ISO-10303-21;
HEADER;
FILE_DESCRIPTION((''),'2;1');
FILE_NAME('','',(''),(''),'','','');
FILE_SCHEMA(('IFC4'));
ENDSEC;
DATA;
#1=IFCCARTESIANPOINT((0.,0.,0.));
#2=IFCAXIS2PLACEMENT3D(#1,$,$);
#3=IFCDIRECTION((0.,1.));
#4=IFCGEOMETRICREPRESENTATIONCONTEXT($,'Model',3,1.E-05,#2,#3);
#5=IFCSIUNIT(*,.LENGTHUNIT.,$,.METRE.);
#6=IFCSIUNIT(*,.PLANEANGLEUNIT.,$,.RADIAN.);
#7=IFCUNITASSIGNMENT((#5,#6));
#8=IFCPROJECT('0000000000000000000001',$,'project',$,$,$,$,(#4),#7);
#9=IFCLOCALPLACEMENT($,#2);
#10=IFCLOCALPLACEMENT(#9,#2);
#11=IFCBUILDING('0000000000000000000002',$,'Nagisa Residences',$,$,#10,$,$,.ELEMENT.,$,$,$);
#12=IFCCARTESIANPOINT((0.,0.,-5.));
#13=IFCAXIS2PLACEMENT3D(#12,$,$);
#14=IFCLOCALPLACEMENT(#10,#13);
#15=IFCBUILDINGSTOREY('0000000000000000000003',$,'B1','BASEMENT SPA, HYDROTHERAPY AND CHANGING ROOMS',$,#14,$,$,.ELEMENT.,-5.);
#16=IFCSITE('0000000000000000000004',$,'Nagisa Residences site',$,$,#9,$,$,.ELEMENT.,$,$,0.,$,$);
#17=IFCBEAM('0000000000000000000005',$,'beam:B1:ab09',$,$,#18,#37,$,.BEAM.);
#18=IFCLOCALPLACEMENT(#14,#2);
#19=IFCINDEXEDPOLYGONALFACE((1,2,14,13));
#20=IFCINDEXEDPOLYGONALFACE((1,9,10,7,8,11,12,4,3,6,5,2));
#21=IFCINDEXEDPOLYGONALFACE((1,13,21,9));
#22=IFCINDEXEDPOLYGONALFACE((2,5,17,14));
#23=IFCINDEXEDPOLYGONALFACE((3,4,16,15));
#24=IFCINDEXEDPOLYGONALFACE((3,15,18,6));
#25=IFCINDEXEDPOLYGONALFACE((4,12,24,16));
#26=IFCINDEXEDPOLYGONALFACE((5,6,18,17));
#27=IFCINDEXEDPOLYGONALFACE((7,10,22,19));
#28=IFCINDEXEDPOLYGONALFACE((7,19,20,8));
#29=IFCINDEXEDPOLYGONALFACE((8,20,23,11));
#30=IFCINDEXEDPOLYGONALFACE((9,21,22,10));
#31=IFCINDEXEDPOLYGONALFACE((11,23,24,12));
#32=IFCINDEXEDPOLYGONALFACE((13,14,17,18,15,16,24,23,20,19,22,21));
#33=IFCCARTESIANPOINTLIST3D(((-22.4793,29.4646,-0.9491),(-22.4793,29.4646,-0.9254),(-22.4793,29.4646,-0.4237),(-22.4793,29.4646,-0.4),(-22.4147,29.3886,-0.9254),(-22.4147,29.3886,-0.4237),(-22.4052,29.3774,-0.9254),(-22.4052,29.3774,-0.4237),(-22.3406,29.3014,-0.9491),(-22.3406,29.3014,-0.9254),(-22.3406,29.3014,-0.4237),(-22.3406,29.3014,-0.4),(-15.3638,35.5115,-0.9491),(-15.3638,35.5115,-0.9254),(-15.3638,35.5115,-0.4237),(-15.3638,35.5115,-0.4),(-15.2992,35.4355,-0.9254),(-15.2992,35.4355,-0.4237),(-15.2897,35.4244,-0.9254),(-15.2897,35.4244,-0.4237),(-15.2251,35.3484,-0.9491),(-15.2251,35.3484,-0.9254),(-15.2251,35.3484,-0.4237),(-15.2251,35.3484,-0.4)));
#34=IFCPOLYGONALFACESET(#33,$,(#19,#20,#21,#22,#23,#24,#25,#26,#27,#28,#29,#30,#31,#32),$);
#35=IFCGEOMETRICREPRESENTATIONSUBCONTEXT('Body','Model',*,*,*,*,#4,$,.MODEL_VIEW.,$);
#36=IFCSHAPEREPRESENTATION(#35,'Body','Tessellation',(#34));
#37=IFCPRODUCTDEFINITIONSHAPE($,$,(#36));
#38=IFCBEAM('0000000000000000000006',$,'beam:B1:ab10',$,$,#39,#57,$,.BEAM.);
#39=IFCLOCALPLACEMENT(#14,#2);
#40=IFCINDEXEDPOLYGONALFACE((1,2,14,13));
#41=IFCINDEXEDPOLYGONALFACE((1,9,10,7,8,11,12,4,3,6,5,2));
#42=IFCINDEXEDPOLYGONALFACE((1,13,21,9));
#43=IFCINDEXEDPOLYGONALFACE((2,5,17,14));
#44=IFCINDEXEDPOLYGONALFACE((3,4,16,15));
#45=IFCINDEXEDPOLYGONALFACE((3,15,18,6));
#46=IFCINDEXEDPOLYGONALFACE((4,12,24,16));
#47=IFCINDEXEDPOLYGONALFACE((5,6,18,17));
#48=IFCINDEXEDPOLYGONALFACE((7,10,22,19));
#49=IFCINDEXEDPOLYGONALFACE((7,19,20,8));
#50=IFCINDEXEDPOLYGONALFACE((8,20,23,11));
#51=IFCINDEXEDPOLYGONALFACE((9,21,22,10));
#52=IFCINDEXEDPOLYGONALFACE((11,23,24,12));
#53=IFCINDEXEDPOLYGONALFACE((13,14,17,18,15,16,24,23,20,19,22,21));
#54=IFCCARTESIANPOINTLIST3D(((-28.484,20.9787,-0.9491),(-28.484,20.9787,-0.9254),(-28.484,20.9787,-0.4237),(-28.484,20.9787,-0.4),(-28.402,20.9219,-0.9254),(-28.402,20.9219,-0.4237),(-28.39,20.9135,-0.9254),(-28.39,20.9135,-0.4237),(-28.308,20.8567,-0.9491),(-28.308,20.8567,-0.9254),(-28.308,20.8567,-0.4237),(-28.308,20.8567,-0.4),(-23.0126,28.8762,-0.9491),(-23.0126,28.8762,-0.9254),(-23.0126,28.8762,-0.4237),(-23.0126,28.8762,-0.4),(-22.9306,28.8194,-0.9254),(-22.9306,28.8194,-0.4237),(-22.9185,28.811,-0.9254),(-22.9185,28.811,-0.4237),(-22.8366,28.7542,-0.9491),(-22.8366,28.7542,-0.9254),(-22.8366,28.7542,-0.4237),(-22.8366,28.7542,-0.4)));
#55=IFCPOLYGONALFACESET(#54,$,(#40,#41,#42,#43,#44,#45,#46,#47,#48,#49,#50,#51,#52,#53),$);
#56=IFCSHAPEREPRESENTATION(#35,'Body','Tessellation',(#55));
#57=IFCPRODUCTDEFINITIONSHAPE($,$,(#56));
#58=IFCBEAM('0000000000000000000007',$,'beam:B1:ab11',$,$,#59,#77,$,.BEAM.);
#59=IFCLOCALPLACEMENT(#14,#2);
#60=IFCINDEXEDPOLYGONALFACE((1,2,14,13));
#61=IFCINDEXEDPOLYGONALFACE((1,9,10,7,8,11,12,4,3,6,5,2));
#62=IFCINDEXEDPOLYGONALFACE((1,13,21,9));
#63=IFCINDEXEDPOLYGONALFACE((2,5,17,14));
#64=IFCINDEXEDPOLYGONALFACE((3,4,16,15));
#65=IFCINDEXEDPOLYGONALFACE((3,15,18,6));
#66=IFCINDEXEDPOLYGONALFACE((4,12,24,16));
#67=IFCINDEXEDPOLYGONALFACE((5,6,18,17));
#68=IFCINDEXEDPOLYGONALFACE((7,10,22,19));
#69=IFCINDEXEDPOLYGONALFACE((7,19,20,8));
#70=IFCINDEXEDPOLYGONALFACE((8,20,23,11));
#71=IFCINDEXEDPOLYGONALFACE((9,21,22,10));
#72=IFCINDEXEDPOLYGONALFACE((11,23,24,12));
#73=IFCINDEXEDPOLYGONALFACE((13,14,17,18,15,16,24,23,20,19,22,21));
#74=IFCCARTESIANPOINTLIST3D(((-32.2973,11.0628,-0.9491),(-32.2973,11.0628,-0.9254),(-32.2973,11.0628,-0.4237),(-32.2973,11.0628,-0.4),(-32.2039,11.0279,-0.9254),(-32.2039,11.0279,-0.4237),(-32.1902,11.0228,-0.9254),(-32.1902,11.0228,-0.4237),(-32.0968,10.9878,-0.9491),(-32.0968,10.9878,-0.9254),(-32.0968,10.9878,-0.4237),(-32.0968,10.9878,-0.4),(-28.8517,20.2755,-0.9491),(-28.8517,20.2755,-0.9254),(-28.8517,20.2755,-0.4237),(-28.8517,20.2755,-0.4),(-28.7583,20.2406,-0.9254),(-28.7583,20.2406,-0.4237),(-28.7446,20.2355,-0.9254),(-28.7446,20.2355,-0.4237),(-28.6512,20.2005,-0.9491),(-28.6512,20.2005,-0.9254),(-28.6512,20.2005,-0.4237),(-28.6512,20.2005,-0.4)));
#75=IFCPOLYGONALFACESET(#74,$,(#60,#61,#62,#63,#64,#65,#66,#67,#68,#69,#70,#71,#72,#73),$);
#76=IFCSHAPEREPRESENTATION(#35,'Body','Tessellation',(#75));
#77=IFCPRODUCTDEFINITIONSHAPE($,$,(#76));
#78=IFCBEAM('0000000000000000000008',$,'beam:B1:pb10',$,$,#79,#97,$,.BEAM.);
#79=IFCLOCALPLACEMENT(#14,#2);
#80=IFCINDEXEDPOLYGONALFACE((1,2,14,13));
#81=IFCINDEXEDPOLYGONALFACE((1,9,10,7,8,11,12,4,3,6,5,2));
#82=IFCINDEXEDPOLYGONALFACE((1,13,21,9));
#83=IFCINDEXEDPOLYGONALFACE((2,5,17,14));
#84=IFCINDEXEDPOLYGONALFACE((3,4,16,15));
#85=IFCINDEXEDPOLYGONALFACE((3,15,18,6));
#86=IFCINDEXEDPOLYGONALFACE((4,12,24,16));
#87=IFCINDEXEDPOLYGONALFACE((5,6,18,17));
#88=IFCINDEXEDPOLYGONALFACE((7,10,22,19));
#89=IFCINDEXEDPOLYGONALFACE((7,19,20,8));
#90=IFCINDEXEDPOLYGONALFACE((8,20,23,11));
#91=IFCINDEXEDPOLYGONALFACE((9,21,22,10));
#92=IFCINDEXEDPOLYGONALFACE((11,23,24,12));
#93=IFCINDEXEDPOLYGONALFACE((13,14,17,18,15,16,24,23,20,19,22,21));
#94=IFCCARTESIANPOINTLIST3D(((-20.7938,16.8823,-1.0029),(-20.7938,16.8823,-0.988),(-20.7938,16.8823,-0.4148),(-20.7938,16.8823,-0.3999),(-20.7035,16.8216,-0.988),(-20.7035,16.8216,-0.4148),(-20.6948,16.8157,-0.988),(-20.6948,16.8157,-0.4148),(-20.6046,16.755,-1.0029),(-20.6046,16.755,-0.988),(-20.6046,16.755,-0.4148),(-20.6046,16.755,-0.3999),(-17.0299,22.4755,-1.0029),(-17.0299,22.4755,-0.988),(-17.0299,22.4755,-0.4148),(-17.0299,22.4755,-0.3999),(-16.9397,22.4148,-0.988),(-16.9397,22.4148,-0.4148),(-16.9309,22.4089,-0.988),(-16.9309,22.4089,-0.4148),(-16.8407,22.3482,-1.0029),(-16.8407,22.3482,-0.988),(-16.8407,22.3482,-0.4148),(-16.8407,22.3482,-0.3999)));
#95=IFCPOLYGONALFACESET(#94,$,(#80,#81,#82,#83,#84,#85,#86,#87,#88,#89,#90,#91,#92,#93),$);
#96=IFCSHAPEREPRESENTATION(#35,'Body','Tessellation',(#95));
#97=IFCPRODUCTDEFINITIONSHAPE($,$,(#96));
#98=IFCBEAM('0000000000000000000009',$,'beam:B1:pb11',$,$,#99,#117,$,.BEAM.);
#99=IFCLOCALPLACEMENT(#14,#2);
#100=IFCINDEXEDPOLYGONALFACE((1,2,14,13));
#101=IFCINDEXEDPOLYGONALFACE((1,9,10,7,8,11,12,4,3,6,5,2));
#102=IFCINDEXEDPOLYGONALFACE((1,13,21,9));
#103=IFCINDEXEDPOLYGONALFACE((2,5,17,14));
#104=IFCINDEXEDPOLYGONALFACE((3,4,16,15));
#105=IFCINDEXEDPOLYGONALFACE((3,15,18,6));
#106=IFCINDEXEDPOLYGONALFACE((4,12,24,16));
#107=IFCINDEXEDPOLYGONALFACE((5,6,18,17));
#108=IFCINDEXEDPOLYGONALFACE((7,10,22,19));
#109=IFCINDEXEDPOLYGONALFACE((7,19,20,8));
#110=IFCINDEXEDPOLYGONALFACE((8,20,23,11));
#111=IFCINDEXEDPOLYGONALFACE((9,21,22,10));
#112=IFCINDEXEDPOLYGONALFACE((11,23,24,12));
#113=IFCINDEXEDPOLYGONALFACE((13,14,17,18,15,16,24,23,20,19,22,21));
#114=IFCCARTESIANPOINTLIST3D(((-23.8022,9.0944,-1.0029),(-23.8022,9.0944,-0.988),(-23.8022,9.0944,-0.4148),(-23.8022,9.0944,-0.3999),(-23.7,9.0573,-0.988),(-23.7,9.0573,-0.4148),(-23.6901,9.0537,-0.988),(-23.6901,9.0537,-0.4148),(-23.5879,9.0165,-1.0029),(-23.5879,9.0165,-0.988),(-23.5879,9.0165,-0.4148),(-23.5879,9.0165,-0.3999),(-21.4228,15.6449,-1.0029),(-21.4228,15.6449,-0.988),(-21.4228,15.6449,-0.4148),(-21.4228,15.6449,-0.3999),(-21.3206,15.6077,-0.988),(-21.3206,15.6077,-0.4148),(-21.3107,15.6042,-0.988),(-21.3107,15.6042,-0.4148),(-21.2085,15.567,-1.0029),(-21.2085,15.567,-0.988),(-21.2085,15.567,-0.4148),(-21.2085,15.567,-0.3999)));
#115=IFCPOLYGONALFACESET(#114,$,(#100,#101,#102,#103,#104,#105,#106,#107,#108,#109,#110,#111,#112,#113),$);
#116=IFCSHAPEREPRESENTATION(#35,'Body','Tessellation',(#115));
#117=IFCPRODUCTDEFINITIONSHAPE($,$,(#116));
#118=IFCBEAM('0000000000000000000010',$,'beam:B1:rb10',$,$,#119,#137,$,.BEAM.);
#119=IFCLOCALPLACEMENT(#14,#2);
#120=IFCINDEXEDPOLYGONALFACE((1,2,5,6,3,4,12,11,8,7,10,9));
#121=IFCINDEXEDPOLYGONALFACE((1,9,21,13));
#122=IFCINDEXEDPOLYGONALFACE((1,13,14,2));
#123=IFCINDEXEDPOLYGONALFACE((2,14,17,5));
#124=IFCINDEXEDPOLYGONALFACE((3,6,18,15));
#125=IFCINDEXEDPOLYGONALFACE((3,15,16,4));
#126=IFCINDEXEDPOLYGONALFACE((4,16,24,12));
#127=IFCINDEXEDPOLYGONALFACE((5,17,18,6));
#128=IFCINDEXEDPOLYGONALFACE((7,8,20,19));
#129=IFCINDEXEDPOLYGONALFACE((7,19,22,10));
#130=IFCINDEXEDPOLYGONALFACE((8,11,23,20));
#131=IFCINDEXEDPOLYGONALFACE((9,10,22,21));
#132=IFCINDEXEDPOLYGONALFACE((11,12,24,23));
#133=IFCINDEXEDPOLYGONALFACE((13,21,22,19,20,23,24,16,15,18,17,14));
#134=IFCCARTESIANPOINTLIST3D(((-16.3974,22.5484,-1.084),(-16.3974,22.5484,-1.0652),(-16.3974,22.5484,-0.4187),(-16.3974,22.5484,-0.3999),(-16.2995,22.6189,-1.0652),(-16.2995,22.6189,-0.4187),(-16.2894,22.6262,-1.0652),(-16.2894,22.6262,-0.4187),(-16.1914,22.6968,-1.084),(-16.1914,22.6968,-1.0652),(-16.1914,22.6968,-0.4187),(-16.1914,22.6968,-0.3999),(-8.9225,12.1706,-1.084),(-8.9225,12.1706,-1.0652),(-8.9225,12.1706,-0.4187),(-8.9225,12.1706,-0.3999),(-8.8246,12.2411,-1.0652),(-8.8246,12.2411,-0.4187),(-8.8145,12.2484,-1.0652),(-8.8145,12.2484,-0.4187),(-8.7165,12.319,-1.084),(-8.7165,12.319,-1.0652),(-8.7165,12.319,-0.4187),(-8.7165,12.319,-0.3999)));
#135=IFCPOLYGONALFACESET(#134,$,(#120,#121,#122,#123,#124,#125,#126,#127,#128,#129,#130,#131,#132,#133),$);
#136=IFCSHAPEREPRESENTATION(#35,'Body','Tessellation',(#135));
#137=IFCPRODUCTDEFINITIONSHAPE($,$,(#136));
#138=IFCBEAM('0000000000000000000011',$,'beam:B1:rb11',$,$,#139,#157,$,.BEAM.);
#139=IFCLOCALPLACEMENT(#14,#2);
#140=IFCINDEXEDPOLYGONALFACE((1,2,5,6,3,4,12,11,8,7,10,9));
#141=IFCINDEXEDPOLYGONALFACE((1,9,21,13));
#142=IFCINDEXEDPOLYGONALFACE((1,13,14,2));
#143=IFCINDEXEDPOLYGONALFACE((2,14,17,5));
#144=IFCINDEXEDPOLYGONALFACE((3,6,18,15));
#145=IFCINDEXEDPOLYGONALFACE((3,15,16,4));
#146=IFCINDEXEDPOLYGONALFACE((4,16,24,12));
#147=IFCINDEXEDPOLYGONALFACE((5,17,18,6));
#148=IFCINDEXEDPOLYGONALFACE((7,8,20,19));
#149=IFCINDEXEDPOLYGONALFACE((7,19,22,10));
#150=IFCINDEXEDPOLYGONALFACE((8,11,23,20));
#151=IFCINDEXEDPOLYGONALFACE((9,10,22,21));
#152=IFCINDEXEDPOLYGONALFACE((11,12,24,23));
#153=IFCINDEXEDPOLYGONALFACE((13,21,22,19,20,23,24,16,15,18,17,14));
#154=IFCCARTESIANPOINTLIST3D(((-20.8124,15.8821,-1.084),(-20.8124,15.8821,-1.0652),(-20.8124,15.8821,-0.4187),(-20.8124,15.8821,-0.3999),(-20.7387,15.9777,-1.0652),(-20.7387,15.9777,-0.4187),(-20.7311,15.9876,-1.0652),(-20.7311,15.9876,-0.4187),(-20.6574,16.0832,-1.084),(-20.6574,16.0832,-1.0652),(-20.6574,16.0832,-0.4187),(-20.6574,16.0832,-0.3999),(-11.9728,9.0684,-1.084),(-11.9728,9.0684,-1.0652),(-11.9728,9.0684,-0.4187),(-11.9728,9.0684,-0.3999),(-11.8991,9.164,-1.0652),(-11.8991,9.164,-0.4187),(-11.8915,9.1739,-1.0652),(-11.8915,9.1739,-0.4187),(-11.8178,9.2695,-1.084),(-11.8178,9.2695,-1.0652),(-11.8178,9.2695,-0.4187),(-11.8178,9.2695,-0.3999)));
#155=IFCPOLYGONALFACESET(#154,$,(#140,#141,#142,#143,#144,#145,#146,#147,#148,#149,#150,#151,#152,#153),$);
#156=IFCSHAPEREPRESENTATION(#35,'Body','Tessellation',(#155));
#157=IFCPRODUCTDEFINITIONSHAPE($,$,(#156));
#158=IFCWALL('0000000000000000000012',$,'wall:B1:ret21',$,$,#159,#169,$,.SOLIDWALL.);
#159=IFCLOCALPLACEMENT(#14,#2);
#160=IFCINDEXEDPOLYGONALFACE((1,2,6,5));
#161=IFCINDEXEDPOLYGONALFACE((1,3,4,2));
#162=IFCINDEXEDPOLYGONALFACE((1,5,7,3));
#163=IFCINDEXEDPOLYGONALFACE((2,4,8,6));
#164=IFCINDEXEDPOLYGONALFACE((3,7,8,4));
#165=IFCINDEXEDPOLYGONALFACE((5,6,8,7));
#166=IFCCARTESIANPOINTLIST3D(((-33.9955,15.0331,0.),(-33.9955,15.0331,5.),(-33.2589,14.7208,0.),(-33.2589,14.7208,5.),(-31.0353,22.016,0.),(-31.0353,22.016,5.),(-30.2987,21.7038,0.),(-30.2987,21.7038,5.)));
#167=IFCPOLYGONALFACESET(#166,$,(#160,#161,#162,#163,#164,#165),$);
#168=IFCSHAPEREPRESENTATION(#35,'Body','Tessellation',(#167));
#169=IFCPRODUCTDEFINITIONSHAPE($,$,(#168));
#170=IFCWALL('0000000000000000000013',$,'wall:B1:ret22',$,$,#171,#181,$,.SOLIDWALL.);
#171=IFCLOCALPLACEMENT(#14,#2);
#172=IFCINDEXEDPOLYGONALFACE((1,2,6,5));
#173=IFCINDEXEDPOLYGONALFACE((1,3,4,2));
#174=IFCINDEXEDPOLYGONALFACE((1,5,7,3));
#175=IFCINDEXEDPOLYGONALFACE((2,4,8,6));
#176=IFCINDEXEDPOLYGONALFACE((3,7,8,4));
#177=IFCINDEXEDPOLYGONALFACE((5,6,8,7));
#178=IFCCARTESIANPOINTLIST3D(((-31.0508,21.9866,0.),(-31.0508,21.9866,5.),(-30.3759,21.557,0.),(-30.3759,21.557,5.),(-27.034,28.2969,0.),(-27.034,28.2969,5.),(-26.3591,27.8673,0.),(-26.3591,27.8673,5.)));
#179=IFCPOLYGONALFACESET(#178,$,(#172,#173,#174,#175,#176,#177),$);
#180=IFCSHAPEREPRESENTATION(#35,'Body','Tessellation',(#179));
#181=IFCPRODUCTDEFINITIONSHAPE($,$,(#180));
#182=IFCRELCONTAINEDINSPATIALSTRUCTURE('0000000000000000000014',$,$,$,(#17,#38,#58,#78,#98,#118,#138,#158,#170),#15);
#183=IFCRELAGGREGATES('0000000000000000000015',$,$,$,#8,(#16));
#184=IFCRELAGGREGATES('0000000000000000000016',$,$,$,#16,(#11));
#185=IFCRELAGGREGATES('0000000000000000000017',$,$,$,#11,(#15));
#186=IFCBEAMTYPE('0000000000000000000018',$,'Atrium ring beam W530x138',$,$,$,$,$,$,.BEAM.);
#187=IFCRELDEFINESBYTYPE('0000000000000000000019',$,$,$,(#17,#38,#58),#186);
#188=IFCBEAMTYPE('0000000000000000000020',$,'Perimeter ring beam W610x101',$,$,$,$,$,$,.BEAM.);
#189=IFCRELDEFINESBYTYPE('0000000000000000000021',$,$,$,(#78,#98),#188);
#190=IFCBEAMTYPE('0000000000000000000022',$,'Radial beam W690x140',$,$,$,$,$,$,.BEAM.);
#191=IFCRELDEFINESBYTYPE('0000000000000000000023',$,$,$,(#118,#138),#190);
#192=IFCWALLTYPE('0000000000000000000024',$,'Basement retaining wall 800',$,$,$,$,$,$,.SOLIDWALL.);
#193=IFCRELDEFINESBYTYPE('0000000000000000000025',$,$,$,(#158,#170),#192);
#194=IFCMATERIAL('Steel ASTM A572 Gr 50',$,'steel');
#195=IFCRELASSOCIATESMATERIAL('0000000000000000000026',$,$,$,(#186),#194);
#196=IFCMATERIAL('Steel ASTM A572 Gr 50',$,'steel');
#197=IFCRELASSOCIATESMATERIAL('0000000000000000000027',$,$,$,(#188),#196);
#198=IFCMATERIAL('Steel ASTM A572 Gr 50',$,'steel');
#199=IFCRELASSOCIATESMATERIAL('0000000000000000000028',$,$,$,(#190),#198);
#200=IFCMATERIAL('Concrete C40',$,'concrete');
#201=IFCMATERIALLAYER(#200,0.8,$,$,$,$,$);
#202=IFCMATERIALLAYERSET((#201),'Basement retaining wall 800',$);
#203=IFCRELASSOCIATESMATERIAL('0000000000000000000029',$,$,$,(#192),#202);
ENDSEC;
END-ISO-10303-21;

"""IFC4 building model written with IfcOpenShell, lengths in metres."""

from ifc_helpers import new_model, si_unit, direction, frame, frame_2d, origin, origin_2d, place, context, subcontext, project, spatial, rectangle, i_section, extrude, material, layer, layer_set, material_profile, profile_set, type_object, element, save


model = new_model("IFC4")

# Units and contexts
model_context = context("Model", 3, precision=1e-05, world=origin(), true_north=direction((0.0, 1.0)))
body_context = subcontext(model_context, "Body", "Model", "MODEL_VIEW")
ifc_project = project(units=[si_unit("LENGTHUNIT", "METRE"), si_unit("PLANEANGLEUNIT", "RADIAN")], contexts=[model_context])

# Site, building, storey
site_placement = place(None, origin())
site = spatial("IfcSite", under=ifc_project, at=site_placement, Name="Nagisa Residences site", CompositionType="ELEMENT", RefElevation=0.0)
building_placement = place(site_placement, origin())
building = spatial("IfcBuilding", under=site, at=building_placement, Name="Nagisa Residences", CompositionType="ELEMENT")
storey_placement = place(building_placement, frame((0.0, 0.0, -5.0)))
storey = spatial("IfcBuildingStorey", under=building, at=storey_placement, Name="B1", Description="BASEMENT SPA, HYDROTHERAPY AND CHANGING ROOMS", CompositionType="ELEMENT", Elevation=-5.0)

# Beams
ifc_material_1 = material(Name="Steel ASTM A572 Gr 50", Category="steel")
ifc_material_profile_1 = material_profile(ifc_material_1, i_section(OverallWidth=0.2141, OverallDepth=0.5491, WebThickness=0.0146, FlangeThickness=0.0237, at=origin_2d()), Name="W530x138")
ifc_profile_set_1 = profile_set([ifc_material_profile_1], Name="Steel ASTM A572 Gr 50")
beam_type_1 = type_object("IfcBeamType", Name="Atrium ring beam W530x138", PredefinedType="BEAM", material=ifc_profile_set_1)
beam_1_placement = place(storey_placement, frame((-15.2944, 35.4299, -0.6746), z_axis=(-0.762007, -0.647569, 0.0), x_axis=(0.647569, -0.762007, 0.0)))
element("IfcBeam", 1, at=beam_1_placement, inside=storey, type_object=beam_type_1, Name="beam:B1:ab09", PredefinedType="BEAM", context=body_context, shape_type="SweptSolid", body=[
    extrude(i_section(OverallWidth=0.2141, OverallDepth=0.5491, WebThickness=0.0146, FlangeThickness=0.0237, at=origin_2d()), origin(), (0.0, 0.0, 1.0), 9.3379),
])
beam_2_placement = place(storey_placement, frame((-22.9246, 28.8152, -0.6746), z_axis=(-0.569489, -0.821999, 0.0), x_axis=(0.821999, -0.569489, 0.0)))
element("IfcBeam", 2, at=beam_2_placement, inside=storey, type_object=beam_type_1, Name="beam:B1:ab10", PredefinedType="BEAM", context=body_context, shape_type="SweptSolid", body=[
    extrude(i_section(OverallWidth=0.2141, OverallDepth=0.5491, WebThickness=0.0146, FlangeThickness=0.0237, at=origin_2d()), origin(), (0.0, 0.0, 1.0), 9.6077),
])
beam_3_placement = place(storey_placement, frame((-28.7515, 20.238, -0.6746), z_axis=(-0.350305, -0.936636, 0.0), x_axis=(0.936636, -0.350305, 0.0)))
element("IfcBeam", 3, at=beam_3_placement, inside=storey, type_object=beam_type_1, Name="beam:B1:ab11", PredefinedType="BEAM", context=body_context, shape_type="SweptSolid", body=[
    extrude(i_section(OverallWidth=0.2141, OverallDepth=0.5491, WebThickness=0.0146, FlangeThickness=0.0237, at=origin_2d()), origin(), (0.0, 0.0, 1.0), 9.8359),
])
ifc_material_2 = material(Name="Steel ASTM A572 Gr 50", Category="steel")
ifc_material_profile_2 = material_profile(ifc_material_2, i_section(OverallWidth=0.228, OverallDepth=0.603, WebThickness=0.0105, FlangeThickness=0.0149, at=origin_2d()), Name="W610x101")
ifc_profile_set_2 = profile_set([ifc_material_profile_2], Name="Steel ASTM A572 Gr 50")
beam_type_2 = type_object("IfcBeamType", Name="Perimeter ring beam W610x101", PredefinedType="BEAM", material=ifc_profile_set_2)
beam_4_placement = place(storey_placement, frame((-16.9353, 22.4119, -0.7014), z_axis=(-0.558297, -0.829641, 0.0), x_axis=(0.829641, -0.558297, 0.0)))
element("IfcBeam", 4, at=beam_4_placement, inside=storey, type_object=beam_type_2, Name="beam:B1:pb10", PredefinedType="BEAM", context=body_context, shape_type="SweptSolid", body=[
    extrude(i_section(OverallWidth=0.228, OverallDepth=0.603, WebThickness=0.0105, FlangeThickness=0.0149, at=origin_2d()), origin(), (0.0, 0.0, 1.0), 6.7417),
])
beam_5_placement = place(storey_placement, frame((-21.3157, 15.606, -0.7014), z_axis=(-0.341411, -0.939914, 0.0), x_axis=(0.939914, -0.341411, 0.0)))
element("IfcBeam", 5, at=beam_5_placement, inside=storey, type_object=beam_type_2, Name="beam:B1:pb11", PredefinedType="BEAM", context=body_context, shape_type="SweptSolid", body=[
    extrude(i_section(OverallWidth=0.228, OverallDepth=0.603, WebThickness=0.0105, FlangeThickness=0.0149, at=origin_2d()), origin(), (0.0, 0.0, 1.0), 6.9692),
])
ifc_material_3 = material(Name="Steel ASTM A572 Gr 50", Category="steel")
ifc_material_profile_3 = material_profile(ifc_material_3, i_section(OverallWidth=0.2539, OverallDepth=0.6841, WebThickness=0.0125, FlangeThickness=0.0188, at=origin_2d()), Name="W690x140")
ifc_profile_set_3 = profile_set([ifc_material_profile_3], Name="Steel ASTM A572 Gr 50")
beam_type_3 = type_object("IfcBeamType", Name="Radial beam W690x140", PredefinedType="BEAM", material=ifc_profile_set_3)
beam_6_placement = place(storey_placement, frame((-16.2944, 22.6226, -0.7419), z_axis=(0.584455, -0.811426, 0.0), x_axis=(0.811426, 0.584455, 0.0)))
element("IfcBeam", 6, at=beam_6_placement, inside=storey, type_object=beam_type_3, Name="beam:B1:rb10", PredefinedType="BEAM", context=body_context, shape_type="SweptSolid", body=[
    extrude(i_section(OverallWidth=0.2539, OverallDepth=0.6841, WebThickness=0.0125, FlangeThickness=0.0188, at=origin_2d()), origin(), (0.0, 0.0, 1.0), 12.7896),
])
beam_7_placement = place(storey_placement, frame((-20.7349, 15.9827, -0.7419), z_axis=(0.792016, -0.6105, 0.0), x_axis=(0.6105, 0.792016, 0.0)))
element("IfcBeam", 7, at=beam_7_placement, inside=storey, type_object=beam_type_3, Name="beam:B1:rb11", PredefinedType="BEAM", context=body_context, shape_type="SweptSolid", body=[
    extrude(i_section(OverallWidth=0.2539, OverallDepth=0.6841, WebThickness=0.0125, FlangeThickness=0.0188, at=origin_2d()), origin(), (0.0, 0.0, 1.0), 11.1609),
])

# Walls
ifc_material_4 = material(Name="Concrete C40", Category="concrete")
ifc_layer_1 = layer(ifc_material_4, 0.8)
ifc_layer_set_1 = layer_set([ifc_layer_1], Name="Basement retaining wall 800")
wall_type_1 = type_object("IfcWallType", Name="Basement retaining wall 800", PredefinedType="SOLIDWALL", material=ifc_layer_set_1)
wall_1_placement = place(storey_placement, frame((-33.6272, 14.877, 0.0), z_axis=(0.0, 0.0, 1.0), x_axis=(0.390299, 0.920688, 0.0)))
element("IfcWall", 8, at=wall_1_placement, inside=storey, type_object=wall_type_1, Name="wall:B1:ret21", PredefinedType="SOLIDWALL", context=body_context, shape_type="SweptSolid", body=[
    extrude(rectangle(XDim=7.5845, YDim=0.8, at=frame_2d((3.7922, 0.0))), origin(), (0.0, 0.0, 1.0), 5.0),
])
wall_2_placement = place(storey_placement, frame((-30.7134, 21.7717, 0.0), z_axis=(0.0, 0.0, 1.0), x_axis=(0.53699, 0.843589, 0.0)))
element("IfcWall", 9, at=wall_2_placement, inside=storey, type_object=wall_type_1, Name="wall:B1:ret22", PredefinedType="SOLIDWALL", context=body_context, shape_type="SweptSolid", body=[
    extrude(rectangle(XDim=7.4802, YDim=0.8, at=frame_2d((3.7402, 0.0))), origin(), (0.0, 0.0, 1.0), 5.0),
])

save(model, "model.ifc")
